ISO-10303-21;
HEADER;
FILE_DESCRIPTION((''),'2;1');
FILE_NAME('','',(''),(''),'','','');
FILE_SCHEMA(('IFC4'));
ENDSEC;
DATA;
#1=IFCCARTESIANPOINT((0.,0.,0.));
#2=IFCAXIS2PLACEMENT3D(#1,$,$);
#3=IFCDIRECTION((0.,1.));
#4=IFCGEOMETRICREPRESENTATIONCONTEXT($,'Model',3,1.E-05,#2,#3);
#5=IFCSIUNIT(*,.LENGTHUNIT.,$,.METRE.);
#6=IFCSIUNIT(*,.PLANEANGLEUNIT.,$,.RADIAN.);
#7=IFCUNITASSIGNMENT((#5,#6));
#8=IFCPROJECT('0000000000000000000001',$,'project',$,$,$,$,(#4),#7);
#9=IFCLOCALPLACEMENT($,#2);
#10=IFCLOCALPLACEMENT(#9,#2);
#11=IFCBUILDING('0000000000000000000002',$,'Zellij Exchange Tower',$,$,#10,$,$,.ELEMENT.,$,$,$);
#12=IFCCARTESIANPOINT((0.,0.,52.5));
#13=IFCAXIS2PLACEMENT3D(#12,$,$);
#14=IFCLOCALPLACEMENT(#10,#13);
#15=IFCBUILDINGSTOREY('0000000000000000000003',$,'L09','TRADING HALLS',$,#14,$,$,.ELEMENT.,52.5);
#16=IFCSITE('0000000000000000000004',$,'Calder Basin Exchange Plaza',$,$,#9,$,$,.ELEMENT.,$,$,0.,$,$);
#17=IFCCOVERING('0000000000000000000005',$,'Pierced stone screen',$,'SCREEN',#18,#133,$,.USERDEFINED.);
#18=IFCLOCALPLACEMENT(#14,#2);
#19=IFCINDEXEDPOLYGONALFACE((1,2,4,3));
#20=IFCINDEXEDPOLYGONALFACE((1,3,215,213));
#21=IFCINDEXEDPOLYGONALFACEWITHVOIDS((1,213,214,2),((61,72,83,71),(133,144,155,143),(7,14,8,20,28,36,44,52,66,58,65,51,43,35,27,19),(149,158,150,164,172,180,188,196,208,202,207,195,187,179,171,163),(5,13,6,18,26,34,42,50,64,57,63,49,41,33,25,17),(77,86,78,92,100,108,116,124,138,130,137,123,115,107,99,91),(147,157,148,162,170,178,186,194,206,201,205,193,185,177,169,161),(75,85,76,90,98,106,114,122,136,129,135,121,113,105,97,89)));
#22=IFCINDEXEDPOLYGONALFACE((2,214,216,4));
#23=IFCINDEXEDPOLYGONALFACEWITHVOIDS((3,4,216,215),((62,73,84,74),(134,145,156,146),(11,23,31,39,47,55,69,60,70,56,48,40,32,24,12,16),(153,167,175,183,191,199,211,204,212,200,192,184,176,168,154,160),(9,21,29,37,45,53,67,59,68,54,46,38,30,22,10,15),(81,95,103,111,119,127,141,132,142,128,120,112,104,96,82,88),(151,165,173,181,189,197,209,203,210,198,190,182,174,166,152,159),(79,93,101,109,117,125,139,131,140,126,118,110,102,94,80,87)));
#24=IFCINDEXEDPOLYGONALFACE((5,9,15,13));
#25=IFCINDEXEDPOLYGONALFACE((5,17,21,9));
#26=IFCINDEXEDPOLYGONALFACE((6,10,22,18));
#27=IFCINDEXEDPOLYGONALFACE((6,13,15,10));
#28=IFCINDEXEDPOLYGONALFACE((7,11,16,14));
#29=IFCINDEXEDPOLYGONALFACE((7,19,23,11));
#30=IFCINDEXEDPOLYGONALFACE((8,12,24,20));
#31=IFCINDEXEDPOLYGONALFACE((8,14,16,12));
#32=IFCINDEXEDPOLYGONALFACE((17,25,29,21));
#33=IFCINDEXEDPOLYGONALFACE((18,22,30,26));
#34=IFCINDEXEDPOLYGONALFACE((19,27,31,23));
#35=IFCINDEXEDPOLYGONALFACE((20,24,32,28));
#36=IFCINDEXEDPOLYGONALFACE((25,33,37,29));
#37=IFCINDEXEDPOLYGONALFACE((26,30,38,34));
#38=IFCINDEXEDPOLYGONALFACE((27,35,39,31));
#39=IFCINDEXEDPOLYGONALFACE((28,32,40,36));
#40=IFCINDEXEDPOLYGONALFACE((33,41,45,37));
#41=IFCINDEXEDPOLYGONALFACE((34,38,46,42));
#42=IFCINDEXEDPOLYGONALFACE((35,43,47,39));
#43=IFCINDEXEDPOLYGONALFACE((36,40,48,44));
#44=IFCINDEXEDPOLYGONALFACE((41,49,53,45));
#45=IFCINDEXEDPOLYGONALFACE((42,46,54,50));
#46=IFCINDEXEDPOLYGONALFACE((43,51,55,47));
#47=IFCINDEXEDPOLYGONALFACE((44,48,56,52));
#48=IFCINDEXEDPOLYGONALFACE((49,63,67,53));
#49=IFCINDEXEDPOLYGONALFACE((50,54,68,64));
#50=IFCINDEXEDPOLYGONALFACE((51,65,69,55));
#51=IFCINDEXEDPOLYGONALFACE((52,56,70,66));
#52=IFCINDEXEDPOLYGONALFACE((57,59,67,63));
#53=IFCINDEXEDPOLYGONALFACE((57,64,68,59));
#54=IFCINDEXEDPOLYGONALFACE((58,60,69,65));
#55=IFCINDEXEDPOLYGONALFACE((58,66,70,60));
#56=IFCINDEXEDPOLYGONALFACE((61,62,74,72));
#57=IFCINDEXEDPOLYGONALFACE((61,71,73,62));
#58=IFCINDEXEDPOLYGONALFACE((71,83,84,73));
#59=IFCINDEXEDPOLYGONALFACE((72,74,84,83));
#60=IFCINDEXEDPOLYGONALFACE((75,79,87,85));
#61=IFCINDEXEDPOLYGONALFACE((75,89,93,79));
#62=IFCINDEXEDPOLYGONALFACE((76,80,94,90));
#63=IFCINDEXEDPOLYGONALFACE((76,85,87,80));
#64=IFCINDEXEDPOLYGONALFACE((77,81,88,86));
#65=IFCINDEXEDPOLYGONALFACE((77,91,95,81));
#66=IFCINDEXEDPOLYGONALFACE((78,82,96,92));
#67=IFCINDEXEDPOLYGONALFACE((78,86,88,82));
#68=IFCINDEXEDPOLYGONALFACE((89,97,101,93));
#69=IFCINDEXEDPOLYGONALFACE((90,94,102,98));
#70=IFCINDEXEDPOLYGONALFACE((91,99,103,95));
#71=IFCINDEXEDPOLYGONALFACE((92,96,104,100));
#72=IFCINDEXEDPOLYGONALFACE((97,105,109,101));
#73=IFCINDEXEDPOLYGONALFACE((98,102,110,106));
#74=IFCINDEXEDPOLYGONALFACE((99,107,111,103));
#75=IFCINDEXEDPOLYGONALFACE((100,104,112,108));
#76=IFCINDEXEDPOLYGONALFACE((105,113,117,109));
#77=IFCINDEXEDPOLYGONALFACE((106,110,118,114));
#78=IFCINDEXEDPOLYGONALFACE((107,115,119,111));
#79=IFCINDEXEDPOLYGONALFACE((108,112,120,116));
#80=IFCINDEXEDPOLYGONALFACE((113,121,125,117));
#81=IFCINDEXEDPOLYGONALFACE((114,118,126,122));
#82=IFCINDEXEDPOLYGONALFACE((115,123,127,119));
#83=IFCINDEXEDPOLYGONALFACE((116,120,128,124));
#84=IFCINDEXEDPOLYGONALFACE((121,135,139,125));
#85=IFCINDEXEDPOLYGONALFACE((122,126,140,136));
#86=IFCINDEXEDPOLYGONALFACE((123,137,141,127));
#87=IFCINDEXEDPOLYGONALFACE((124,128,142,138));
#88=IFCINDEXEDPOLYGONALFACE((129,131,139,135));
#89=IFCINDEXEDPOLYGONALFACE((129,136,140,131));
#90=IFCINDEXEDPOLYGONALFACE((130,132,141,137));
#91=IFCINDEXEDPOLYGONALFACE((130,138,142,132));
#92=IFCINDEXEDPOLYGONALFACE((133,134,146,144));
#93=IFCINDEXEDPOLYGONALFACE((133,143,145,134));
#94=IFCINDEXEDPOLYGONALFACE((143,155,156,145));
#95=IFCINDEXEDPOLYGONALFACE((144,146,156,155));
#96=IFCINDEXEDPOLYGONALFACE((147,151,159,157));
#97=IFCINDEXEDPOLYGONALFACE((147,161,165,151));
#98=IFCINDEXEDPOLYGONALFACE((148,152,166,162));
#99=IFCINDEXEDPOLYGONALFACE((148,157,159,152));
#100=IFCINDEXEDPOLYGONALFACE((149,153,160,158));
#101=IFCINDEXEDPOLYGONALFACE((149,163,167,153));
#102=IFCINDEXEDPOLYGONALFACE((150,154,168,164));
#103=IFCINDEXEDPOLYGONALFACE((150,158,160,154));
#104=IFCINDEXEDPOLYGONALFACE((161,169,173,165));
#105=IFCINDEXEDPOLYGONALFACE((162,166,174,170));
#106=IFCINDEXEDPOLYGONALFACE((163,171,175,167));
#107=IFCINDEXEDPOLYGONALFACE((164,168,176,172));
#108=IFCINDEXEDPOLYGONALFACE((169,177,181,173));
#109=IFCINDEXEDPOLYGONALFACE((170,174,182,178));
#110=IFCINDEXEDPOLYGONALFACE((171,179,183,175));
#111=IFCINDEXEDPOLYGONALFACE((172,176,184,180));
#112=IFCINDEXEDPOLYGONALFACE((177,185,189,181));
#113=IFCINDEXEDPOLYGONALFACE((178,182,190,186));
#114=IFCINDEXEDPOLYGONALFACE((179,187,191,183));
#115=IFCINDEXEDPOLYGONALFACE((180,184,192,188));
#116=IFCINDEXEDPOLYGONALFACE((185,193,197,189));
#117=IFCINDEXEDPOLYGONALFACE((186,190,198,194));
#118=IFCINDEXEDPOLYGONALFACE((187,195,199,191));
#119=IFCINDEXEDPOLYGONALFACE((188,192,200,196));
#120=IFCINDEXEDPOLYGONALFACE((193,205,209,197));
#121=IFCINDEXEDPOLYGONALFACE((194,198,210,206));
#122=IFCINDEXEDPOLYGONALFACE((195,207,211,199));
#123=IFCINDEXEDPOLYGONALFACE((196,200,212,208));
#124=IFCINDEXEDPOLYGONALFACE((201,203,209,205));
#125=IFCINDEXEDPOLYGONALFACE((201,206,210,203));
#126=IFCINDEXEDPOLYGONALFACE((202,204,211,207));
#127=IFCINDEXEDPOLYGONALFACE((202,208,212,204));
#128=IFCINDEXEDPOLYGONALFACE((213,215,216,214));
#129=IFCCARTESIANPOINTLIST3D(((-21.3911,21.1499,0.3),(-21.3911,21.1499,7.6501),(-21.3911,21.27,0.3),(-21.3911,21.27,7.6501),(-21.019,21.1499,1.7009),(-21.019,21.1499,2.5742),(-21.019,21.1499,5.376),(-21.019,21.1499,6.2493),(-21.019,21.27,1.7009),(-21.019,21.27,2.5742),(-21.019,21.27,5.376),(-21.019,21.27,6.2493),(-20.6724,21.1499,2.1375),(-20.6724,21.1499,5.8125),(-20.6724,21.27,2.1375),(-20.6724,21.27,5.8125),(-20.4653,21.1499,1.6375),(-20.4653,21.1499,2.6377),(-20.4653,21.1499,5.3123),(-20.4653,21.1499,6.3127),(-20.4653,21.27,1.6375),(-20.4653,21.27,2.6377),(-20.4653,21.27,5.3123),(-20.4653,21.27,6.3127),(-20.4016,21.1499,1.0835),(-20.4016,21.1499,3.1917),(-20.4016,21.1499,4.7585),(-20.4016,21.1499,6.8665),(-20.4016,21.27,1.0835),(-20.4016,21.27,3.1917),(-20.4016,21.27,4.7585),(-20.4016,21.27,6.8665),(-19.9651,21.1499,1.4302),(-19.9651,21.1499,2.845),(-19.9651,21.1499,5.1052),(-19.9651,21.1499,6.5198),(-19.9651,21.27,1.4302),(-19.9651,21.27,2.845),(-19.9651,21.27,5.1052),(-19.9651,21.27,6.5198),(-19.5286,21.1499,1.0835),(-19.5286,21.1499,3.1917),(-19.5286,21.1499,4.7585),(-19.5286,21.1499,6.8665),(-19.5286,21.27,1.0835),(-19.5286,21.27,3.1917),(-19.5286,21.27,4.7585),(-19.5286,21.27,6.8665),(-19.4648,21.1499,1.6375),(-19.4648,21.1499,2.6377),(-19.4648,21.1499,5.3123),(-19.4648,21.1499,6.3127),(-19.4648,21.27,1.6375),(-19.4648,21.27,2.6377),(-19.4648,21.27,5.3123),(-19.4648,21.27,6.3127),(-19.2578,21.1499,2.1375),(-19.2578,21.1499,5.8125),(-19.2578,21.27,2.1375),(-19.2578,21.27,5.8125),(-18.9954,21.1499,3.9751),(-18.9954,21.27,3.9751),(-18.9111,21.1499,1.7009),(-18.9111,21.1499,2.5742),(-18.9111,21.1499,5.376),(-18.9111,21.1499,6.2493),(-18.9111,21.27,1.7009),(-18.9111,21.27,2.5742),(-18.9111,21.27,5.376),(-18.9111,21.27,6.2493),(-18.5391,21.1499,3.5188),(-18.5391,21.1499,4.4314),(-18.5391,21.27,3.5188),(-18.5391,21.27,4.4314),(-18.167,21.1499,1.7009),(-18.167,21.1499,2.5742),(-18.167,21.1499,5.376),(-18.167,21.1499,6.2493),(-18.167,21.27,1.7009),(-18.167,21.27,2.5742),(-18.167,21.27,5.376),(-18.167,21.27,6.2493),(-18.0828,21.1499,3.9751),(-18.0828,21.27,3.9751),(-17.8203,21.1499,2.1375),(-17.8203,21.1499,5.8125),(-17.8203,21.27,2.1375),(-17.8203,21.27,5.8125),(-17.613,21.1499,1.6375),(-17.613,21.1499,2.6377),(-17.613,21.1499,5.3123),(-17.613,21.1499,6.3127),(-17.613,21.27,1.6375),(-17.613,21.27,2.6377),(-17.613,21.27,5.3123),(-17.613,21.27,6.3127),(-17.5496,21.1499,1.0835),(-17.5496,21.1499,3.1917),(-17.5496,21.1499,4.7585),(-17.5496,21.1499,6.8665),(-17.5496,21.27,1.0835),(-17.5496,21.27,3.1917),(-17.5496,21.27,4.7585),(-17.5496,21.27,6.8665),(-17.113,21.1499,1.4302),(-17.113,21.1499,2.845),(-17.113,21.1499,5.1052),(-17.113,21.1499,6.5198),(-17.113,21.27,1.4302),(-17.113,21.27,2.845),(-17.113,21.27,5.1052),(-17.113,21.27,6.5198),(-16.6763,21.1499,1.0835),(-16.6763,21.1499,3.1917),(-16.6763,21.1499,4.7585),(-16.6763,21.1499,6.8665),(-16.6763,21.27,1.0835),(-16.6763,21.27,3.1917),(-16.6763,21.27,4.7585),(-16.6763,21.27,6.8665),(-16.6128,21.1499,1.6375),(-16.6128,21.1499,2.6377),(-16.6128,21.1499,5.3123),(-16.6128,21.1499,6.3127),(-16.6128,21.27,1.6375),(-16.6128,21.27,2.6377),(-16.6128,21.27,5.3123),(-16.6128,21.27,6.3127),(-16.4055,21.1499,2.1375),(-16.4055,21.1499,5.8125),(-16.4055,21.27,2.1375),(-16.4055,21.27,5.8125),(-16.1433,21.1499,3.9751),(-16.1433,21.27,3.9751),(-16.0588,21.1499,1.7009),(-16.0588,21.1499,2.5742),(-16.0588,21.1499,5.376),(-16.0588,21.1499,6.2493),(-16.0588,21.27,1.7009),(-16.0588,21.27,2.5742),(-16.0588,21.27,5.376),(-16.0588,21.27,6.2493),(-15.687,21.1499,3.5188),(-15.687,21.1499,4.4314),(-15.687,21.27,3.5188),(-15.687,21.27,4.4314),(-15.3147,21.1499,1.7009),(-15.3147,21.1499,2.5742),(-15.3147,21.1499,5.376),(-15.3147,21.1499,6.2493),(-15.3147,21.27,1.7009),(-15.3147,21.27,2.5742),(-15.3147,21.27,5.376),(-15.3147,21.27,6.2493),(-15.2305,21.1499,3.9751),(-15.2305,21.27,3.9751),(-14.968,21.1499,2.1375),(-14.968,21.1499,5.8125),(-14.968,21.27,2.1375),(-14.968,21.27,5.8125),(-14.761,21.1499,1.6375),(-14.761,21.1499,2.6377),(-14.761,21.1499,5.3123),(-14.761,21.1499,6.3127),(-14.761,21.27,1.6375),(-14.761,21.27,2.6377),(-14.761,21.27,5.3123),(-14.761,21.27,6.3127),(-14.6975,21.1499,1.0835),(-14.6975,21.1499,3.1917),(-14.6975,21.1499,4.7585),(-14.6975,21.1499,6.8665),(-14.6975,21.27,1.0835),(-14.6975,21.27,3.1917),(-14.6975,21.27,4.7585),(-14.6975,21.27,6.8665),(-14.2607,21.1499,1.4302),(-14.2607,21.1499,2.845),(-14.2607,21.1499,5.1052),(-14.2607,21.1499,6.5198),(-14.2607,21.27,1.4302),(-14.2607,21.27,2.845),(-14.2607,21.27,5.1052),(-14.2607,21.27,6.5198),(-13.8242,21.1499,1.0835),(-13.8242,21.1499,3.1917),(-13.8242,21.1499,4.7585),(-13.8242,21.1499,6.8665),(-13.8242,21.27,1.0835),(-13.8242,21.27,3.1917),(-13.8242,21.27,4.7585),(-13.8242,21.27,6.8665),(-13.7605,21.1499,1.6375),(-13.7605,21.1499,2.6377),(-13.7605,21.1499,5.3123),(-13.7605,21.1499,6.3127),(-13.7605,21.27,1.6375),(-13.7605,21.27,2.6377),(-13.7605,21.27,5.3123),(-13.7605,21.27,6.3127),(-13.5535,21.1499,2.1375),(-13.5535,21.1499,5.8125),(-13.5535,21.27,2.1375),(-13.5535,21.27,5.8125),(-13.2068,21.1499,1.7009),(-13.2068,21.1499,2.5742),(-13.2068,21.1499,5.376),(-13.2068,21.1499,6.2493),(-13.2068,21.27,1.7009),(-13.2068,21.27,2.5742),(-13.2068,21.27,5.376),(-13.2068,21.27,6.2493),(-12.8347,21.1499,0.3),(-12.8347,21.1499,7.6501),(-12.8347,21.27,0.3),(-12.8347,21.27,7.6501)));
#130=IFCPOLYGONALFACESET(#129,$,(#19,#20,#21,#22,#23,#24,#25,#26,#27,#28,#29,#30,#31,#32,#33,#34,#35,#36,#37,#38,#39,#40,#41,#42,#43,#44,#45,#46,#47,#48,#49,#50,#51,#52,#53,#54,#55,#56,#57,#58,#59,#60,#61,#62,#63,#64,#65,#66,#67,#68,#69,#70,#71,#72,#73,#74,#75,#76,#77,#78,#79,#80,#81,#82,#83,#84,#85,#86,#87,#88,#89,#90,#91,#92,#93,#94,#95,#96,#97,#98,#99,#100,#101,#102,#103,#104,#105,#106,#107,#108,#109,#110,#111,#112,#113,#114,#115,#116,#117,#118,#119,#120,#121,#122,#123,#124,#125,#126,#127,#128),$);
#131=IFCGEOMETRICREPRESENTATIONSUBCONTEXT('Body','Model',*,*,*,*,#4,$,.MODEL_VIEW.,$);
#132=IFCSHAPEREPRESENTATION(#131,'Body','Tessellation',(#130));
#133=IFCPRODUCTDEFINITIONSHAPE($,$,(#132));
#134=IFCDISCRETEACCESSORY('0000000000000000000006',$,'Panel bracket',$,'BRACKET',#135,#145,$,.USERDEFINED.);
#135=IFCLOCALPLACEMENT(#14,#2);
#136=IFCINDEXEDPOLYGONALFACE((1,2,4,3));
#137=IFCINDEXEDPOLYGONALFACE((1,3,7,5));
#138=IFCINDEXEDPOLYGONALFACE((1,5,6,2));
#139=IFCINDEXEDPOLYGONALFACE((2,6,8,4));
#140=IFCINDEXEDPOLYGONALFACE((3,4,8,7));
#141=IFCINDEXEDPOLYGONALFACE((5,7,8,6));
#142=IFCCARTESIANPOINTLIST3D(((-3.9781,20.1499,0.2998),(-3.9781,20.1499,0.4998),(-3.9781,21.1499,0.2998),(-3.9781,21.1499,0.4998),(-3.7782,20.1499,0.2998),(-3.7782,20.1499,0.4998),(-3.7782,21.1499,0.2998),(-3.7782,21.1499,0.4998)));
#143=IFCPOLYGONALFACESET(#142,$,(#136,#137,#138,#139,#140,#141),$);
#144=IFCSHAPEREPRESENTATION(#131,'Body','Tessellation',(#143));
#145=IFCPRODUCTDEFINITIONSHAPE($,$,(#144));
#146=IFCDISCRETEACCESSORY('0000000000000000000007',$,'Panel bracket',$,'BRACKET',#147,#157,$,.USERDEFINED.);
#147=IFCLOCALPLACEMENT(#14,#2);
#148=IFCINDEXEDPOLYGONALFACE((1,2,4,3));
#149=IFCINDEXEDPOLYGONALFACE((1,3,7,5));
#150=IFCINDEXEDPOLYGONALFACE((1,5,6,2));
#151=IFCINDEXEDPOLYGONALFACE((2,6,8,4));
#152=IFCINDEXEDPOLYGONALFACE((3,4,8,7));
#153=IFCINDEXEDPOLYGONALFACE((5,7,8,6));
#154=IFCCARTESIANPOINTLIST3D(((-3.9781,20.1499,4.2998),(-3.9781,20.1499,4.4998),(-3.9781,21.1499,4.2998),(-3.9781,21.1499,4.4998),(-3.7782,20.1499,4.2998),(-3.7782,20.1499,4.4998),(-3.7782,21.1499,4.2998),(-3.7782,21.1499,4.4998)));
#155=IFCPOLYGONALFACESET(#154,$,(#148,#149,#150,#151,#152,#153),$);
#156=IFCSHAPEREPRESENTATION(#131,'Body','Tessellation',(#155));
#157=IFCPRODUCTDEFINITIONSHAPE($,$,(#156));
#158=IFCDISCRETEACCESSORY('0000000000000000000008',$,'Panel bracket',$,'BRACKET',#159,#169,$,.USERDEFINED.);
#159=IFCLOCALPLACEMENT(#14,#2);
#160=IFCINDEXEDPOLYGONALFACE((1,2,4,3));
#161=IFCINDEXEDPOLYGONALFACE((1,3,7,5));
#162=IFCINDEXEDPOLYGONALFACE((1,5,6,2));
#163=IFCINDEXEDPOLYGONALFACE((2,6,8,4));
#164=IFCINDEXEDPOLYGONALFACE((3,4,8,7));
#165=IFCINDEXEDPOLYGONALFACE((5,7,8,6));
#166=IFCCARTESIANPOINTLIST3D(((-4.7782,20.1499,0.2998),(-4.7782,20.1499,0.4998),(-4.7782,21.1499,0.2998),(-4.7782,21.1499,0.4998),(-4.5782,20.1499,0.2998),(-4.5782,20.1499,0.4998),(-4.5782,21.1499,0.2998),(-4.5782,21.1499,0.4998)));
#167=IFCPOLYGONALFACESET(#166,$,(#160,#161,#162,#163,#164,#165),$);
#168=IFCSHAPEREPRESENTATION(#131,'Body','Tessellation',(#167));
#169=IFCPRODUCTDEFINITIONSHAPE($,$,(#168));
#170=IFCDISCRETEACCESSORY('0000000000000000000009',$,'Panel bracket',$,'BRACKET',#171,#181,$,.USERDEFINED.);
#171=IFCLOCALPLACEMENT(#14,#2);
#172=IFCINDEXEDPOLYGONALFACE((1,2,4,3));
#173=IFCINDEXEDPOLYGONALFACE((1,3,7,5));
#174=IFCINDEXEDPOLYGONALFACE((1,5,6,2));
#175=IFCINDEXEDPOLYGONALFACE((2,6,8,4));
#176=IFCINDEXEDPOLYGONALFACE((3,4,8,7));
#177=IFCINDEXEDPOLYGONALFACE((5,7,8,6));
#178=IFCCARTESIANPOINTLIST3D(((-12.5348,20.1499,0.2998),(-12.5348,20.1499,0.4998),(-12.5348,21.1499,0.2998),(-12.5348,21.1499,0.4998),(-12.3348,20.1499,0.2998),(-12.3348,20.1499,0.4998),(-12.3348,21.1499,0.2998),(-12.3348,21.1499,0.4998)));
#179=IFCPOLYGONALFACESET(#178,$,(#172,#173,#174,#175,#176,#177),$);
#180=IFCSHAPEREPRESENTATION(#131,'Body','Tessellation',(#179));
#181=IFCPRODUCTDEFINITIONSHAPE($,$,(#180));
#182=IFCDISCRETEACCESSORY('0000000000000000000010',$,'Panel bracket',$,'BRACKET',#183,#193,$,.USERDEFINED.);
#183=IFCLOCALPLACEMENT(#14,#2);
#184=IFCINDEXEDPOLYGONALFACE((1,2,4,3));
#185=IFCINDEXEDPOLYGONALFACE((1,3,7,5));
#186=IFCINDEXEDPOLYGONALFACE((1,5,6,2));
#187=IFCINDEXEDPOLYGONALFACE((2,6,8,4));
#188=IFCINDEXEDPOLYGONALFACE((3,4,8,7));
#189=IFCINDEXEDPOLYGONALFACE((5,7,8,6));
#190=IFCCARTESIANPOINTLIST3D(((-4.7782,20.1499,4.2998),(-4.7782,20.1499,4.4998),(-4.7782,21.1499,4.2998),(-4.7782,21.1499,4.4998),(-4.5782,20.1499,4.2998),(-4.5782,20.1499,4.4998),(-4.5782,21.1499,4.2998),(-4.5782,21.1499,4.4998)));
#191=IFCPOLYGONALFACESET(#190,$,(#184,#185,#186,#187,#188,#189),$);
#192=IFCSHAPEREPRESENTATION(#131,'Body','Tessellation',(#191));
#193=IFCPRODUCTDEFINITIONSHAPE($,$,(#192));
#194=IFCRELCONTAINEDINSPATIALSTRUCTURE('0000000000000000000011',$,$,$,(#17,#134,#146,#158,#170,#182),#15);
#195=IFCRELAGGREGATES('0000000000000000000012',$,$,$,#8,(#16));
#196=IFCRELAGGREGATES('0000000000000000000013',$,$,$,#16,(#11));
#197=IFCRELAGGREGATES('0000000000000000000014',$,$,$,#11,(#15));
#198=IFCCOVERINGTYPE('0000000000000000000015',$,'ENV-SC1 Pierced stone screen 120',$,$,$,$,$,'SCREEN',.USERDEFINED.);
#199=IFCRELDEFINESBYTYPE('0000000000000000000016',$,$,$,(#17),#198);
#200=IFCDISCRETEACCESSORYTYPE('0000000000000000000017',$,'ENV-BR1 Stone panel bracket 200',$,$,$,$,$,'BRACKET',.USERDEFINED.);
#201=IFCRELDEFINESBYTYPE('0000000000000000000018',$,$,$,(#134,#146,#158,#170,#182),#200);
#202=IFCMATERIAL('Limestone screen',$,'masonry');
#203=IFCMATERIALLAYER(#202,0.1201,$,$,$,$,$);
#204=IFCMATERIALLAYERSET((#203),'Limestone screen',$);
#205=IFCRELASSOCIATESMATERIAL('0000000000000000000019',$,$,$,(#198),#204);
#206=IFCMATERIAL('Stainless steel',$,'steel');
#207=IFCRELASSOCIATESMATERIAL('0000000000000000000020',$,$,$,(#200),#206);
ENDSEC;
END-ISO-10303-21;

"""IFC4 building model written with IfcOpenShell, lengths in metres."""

from ifc_helpers import new_model, si_unit, direction, frame, origin, origin_2d, place, context, subcontext, project, spatial, polyline, rectangle, outline, extrude, material, layer, layer_set, type_object, element, save


model = new_model("IFC4")

# Units and contexts
model_context = context("Model", 3, precision=1e-05, world=origin(), true_north=direction((0.0, 1.0)))
body_context = subcontext(model_context, "Body", "Model", "MODEL_VIEW")
ifc_project = project(units=[si_unit("LENGTHUNIT", "METRE"), si_unit("PLANEANGLEUNIT", "RADIAN")], contexts=[model_context])

# Site, building, storey
site_placement = place(None, origin())
site = spatial("IfcSite", under=ifc_project, at=site_placement, Name="Calder Basin Exchange Plaza", CompositionType="ELEMENT", RefElevation=0.0)
building_placement = place(site_placement, origin())
building = spatial("IfcBuilding", under=site, at=building_placement, Name="Zellij Exchange Tower", CompositionType="ELEMENT")
storey_placement = place(building_placement, frame((0.0, 0.0, 52.5)))
storey = spatial("IfcBuildingStorey", under=building, at=storey_placement, Name="L09", Description="TRADING HALLS", CompositionType="ELEMENT", Elevation=52.5)

# Covering
ifc_material_1 = material(Name="Limestone screen", Category="masonry")
ifc_layer = layer(ifc_material_1, 0.1201)
ifc_layer_set = layer_set([ifc_layer], Name="Limestone screen")
covering_type = type_object("IfcCoveringType", Name="ENV-SC1 Pierced stone screen 120", ElementType="SCREEN", PredefinedType="USERDEFINED", material=ifc_layer_set)
covering_1_placement = place(storey_placement, frame((-12.8347, 21.21, 0.3), z_axis=(0.0, 0.0, 1.0), x_axis=(-1.0, 0.0, 0.0)))
element("IfcCovering", 1, at=covering_1_placement, inside=storey, type_object=covering_type, Name="Pierced stone screen", ObjectType="SCREEN", PredefinedType="USERDEFINED", context=body_context, shape_type="SweptSolid", body=[
    extrude(outline(polyline([(0.0, 0.0), (8.5564, 0.0), (8.5564, 7.3501), (0.0, 7.3501), (0.0, 0.0)]), holes=[polyline([(2.48, 2.2742), (1.9263, 2.3376), (1.8628, 2.8916), (1.426, 2.5449), (0.9895, 2.8916), (0.9258, 2.3376), (0.3721, 2.2742), (0.7188, 1.8374), (0.3721, 1.4009), (0.9258, 1.3374), (0.9895, 0.7834), (1.426, 1.1301), (1.8628, 0.7834), (1.9263, 1.3374), (2.48, 1.4009), (2.1333, 1.8374), (2.48, 2.2742)]), polyline([(2.48, 5.9492), (1.9263, 6.0127), (1.8628, 6.5664), (1.426, 6.2197), (0.9895, 6.5664), (0.9258, 6.0127), (0.3721, 5.9492), (0.7188, 5.5125), (0.3721, 5.0759), (0.9258, 5.0122), (0.9895, 4.4585), (1.426, 4.8052), (1.8628, 4.4585), (1.9263, 5.0122), (2.48, 5.0759), (2.1333, 5.5125), (2.48, 5.9492)]), polyline([(5.3323, 2.2742), (4.7783, 2.3376), (4.7148, 2.8916), (4.2783, 2.5449), (3.8416, 2.8916), (3.7781, 2.3376), (3.2241, 2.2742), (3.5708, 1.8374), (3.2241, 1.4009), (3.7781, 1.3374), (3.8416, 0.7834), (4.2783, 1.1301), (4.7148, 0.7834), (4.7783, 1.3374), (5.3323, 1.4009), (4.9856, 1.8374), (5.3323, 2.2742)]), polyline([(5.3323, 5.9492), (4.7783, 6.0127), (4.7148, 6.5664), (4.2783, 6.2197), (3.8416, 6.5664), (3.7781, 6.0127), (3.2241, 5.9492), (3.5708, 5.5125), (3.2241, 5.0759), (3.7781, 5.0122), (3.8416, 4.4585), (4.2783, 4.8052), (4.7148, 4.4585), (4.7783, 5.0122), (5.3323, 5.0759), (4.9856, 5.5125), (5.3323, 5.9492)]), polyline([(8.1843, 2.2742), (7.6306, 2.3376), (7.5669, 2.8916), (7.1304, 2.5449), (6.6938, 2.8916), (6.6301, 2.3376), (6.0764, 2.2742), (6.4231, 1.8374), (6.0764, 1.4009), (6.6301, 1.3374), (6.6938, 0.7834), (7.1304, 1.1301), (7.5669, 0.7834), (7.6306, 1.3374), (8.1843, 1.4009), (7.8376, 1.8374), (8.1843, 2.2742)]), polyline([(8.1843, 5.9492), (7.6306, 6.0127), (7.5669, 6.5664), (7.1304, 6.2197), (6.6938, 6.5664), (6.6301, 6.0127), (6.0764, 5.9492), (6.4231, 5.5125), (6.0764, 5.0759), (6.6301, 5.0122), (6.6938, 4.4585), (7.1304, 4.8052), (7.5669, 4.4585), (7.6306, 5.0122), (8.1843, 5.0759), (7.8376, 5.5125), (8.1843, 5.9492)]), polyline([(3.3086, 3.675), (2.8523, 4.1313), (2.3958, 3.675), (2.8523, 3.2188), (3.3086, 3.675)]), polyline([(6.1606, 3.675), (5.7043, 4.1313), (5.248, 3.675), (5.7043, 3.2188), (6.1606, 3.675)])]), frame((0.0, 0.0601, 0.0), z_axis=(0.0, -1.0, 0.0), x_axis=(1.0, 0.0, 0.0)), (0.0, 0.0, 1.0), 0.1201),
])

# Discrete accessories
ifc_material_2 = material(Name="Stainless steel", Category="steel")
discrete_accessory_type = type_object("IfcDiscreteAccessoryType", Name="ENV-BR1 Stone panel bracket 200", ElementType="BRACKET", PredefinedType="USERDEFINED", material=ifc_material_2)
for number, where, z_axis, x_axis, name in (
    (2, (-3.8782, 20.6499, 0.2998), (0.0, 0.0, 1.0), (-1.0, 0.0, 0.0), "Panel bracket"),
    (3, (-3.8782, 20.6499, 4.2998), (0.0, 0.0, 1.0), (-1.0, 0.0, 0.0), "Panel bracket"),
    (4, (-4.6782, 20.6499, 0.2998), (0.0, 0.0, 1.0), (-1.0, 0.0, 0.0), "Panel bracket"),
    (5, (-12.4348, 20.6499, 0.2998), (0.0, 0.0, 1.0), (-1.0, 0.0, 0.0), "Panel bracket"),
    (6, (-4.6782, 20.6499, 4.2998), (0.0, 0.0, 1.0), (-1.0, 0.0, 0.0), "Panel bracket"),
):
    element("IfcDiscreteAccessory", number, at=place(storey_placement, frame(where, z_axis=z_axis, x_axis=x_axis)), inside=storey, type_object=discrete_accessory_type, Name=name, ObjectType="BRACKET", PredefinedType="USERDEFINED", context=body_context, shape_type="SweptSolid", body=[
        extrude(rectangle(XDim=0.2, YDim=1.0, at=origin_2d()), origin(), (0.0, 0.0, 1.0), 0.2),
    ])

save(model, "model.ifc")
